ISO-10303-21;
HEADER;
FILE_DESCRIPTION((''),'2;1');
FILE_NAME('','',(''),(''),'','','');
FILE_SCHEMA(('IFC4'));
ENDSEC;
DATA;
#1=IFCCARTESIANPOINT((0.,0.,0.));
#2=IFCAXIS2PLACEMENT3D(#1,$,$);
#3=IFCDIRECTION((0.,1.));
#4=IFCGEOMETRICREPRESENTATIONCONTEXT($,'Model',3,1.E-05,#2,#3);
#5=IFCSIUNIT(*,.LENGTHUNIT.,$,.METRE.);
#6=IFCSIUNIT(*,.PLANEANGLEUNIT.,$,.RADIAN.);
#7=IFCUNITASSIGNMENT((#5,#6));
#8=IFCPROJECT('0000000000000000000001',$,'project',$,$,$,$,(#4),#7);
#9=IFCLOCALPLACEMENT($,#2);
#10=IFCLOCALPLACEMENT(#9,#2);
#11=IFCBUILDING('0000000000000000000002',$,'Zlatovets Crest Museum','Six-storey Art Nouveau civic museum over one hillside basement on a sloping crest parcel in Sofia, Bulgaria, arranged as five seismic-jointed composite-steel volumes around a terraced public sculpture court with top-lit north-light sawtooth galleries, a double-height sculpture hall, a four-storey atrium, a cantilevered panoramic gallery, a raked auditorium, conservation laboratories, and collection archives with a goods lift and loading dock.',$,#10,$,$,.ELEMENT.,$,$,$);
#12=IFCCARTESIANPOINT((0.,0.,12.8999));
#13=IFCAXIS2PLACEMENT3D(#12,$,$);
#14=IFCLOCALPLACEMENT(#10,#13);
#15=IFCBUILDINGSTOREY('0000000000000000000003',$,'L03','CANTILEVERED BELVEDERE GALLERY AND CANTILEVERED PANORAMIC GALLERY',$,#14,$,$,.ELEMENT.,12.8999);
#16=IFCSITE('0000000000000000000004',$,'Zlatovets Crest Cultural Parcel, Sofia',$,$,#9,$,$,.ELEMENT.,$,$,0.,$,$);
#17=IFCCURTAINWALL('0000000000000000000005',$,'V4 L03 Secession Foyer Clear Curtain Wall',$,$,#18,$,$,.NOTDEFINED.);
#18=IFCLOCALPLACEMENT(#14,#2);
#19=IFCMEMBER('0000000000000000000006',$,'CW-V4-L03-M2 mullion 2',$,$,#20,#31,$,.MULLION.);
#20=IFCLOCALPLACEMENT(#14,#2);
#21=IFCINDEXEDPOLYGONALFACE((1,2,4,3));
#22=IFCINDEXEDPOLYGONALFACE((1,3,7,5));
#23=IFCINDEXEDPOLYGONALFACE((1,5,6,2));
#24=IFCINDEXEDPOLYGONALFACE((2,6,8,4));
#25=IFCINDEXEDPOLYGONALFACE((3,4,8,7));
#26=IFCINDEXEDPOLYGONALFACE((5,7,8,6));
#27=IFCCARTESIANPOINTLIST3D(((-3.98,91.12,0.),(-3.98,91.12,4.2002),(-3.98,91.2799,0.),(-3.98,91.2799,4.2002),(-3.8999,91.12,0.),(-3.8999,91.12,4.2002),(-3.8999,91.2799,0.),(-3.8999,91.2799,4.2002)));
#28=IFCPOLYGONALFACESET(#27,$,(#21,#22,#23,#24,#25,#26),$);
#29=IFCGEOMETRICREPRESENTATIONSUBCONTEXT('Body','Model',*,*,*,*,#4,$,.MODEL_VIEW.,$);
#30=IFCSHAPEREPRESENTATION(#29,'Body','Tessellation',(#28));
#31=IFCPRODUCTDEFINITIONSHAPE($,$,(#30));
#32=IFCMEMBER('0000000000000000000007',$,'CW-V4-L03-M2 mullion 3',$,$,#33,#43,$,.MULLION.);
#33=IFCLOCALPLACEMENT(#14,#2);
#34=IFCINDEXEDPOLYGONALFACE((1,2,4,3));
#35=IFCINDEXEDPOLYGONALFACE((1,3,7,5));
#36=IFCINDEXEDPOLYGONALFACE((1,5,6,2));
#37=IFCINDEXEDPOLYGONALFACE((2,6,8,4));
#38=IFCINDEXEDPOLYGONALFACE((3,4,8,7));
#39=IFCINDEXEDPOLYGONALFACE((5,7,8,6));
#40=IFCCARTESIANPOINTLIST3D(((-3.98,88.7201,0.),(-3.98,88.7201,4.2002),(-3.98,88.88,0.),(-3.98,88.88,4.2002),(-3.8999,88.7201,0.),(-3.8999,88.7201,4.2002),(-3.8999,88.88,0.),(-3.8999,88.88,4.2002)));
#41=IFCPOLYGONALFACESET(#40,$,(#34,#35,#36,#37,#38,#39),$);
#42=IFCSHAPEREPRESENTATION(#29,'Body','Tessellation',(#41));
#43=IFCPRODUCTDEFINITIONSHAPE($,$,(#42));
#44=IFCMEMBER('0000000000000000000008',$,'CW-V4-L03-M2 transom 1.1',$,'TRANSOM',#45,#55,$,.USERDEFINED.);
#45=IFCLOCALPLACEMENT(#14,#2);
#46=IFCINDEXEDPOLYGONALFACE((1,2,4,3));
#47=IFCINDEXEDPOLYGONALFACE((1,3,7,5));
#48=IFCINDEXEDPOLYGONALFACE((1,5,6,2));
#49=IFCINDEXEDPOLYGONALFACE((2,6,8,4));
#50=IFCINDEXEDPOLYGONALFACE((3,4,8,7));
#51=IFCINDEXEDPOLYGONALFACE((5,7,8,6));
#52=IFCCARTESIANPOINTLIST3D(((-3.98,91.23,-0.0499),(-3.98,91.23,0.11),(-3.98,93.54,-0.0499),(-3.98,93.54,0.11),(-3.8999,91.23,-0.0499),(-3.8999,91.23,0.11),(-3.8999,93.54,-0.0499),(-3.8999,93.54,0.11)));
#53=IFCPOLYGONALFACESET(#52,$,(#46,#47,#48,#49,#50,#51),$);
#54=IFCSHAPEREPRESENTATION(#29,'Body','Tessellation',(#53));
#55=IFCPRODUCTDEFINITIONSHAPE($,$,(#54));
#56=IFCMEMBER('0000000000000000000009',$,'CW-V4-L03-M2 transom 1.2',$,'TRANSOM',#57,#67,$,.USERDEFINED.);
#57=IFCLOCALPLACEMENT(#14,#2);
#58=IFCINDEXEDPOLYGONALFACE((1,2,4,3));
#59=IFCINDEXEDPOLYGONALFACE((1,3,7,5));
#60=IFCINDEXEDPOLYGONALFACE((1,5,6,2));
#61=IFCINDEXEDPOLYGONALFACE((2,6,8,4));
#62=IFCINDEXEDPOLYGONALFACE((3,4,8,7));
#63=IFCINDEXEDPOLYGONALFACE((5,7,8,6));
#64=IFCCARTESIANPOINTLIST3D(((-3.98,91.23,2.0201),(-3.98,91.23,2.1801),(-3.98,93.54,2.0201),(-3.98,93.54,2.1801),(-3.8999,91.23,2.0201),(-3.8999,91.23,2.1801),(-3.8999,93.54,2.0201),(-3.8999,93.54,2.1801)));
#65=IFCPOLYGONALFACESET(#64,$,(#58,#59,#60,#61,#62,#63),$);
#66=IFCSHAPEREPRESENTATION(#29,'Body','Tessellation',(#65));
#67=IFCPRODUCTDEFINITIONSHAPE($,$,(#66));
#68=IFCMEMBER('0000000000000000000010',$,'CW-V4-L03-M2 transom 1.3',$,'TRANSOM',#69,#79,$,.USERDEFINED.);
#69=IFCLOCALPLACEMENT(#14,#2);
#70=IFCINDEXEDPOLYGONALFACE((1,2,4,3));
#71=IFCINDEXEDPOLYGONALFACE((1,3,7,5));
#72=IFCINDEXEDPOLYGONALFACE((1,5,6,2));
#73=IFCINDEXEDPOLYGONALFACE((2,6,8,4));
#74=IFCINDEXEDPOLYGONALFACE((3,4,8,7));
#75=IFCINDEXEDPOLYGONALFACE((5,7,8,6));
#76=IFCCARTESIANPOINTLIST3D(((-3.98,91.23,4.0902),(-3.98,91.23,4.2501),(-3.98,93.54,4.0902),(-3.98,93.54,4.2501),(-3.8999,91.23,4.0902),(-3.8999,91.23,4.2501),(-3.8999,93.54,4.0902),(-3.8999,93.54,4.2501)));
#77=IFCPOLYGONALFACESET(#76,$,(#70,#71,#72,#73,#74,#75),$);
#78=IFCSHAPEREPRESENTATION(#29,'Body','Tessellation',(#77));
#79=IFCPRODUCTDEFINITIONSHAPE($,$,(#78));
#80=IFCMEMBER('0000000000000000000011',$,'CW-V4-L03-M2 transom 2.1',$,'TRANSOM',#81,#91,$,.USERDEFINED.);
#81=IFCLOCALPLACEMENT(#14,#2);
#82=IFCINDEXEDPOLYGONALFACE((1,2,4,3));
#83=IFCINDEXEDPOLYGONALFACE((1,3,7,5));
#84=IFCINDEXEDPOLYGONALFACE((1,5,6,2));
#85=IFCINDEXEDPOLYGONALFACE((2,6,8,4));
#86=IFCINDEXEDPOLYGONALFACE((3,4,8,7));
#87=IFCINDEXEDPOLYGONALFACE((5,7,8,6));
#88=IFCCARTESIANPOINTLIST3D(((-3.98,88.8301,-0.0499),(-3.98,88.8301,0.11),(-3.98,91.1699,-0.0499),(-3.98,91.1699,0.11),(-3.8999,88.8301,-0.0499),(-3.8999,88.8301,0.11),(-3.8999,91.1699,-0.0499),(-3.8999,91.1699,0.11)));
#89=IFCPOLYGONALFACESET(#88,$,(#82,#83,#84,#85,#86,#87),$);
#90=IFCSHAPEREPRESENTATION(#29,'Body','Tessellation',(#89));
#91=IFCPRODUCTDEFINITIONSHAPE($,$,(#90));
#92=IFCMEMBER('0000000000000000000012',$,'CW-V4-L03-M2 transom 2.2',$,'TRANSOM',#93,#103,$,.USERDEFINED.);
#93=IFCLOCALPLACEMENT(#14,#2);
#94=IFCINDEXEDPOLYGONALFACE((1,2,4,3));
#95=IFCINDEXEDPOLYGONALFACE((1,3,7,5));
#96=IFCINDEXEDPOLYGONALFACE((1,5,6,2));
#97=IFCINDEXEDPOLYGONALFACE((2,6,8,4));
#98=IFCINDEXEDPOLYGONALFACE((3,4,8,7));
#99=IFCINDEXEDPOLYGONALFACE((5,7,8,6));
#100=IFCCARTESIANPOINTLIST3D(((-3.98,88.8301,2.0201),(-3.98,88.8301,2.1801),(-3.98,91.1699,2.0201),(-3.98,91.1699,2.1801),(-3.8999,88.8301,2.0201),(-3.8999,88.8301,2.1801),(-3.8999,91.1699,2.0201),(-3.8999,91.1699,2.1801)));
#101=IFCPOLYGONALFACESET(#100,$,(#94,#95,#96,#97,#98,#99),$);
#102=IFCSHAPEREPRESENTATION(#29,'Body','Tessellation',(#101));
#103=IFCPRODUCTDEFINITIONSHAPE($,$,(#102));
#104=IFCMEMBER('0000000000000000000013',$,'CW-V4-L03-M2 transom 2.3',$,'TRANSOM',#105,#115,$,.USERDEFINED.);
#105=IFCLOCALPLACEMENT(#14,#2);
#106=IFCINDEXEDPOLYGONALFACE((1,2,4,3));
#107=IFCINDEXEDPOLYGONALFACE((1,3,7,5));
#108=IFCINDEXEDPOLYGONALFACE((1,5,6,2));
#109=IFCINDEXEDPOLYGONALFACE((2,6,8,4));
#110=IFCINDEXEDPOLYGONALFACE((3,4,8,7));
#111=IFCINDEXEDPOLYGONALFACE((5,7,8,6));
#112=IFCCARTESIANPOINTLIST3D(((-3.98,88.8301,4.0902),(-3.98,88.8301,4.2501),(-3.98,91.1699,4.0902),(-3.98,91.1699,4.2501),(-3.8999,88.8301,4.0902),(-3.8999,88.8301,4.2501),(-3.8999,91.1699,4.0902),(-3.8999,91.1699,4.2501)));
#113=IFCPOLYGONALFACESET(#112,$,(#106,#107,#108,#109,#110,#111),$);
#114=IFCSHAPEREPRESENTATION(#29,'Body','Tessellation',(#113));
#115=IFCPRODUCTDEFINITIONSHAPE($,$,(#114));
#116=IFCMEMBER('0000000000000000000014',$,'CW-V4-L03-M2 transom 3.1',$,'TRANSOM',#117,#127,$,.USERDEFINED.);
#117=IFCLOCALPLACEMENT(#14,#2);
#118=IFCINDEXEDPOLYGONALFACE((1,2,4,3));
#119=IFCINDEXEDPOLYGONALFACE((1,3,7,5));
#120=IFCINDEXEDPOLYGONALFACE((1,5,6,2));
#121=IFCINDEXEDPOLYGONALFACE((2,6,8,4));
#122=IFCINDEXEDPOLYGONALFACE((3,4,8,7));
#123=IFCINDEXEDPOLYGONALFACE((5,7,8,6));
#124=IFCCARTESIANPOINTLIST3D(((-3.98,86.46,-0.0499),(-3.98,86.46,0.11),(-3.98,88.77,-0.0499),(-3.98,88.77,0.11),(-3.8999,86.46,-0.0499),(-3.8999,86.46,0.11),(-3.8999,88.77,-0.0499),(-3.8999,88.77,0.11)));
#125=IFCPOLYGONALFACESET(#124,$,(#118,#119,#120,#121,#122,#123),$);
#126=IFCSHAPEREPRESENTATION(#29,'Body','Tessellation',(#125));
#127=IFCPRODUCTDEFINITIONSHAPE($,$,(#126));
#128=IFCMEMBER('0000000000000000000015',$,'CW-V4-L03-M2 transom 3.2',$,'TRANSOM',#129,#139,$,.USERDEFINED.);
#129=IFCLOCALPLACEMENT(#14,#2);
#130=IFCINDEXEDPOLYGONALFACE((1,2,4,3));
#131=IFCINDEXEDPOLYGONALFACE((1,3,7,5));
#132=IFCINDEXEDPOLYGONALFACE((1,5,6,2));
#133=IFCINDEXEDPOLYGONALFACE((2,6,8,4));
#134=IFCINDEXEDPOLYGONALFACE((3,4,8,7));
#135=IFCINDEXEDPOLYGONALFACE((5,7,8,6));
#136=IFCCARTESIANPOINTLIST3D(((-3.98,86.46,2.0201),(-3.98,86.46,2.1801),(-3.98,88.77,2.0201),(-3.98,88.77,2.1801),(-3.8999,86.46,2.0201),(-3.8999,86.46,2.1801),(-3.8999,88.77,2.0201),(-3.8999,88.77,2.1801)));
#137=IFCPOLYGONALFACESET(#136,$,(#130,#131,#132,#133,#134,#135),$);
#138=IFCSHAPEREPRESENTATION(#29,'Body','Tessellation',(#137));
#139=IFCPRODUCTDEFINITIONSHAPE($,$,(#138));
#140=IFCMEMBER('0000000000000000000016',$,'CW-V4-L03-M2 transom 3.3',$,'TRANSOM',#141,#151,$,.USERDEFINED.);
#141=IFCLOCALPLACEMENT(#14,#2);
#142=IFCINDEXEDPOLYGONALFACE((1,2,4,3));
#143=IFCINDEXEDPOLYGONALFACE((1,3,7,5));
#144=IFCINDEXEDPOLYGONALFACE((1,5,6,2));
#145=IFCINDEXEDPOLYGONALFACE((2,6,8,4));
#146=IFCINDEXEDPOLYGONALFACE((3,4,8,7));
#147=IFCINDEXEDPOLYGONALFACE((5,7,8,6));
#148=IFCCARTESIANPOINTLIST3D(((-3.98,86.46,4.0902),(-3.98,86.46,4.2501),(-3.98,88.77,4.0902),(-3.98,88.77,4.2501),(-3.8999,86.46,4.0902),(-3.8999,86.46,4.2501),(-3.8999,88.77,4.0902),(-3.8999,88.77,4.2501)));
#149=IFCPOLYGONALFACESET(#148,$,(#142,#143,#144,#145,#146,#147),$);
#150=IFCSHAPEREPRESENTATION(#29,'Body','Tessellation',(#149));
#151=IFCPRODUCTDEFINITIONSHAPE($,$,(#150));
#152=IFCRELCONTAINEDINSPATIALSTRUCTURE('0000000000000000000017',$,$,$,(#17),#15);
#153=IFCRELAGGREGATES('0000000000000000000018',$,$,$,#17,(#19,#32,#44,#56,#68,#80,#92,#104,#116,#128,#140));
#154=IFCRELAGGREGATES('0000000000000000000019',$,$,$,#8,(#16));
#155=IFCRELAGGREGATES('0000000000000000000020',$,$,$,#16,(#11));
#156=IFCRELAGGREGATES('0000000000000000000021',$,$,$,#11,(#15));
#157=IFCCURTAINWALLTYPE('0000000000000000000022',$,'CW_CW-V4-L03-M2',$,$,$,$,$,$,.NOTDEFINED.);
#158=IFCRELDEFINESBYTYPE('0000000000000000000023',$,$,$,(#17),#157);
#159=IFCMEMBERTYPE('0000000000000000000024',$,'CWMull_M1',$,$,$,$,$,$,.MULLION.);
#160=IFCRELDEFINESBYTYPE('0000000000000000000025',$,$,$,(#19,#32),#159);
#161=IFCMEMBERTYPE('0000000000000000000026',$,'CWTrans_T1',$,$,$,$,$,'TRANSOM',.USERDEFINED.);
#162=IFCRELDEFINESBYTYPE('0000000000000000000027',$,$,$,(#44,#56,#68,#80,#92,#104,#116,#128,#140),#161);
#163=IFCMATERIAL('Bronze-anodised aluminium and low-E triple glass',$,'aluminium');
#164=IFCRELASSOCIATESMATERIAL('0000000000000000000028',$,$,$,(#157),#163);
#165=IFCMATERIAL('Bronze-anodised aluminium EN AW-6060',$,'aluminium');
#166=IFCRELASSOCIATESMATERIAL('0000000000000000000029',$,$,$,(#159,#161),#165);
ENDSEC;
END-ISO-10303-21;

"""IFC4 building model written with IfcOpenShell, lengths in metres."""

from ifc_helpers import new_model, si_unit, direction, frame, origin, origin_2d, place, context, subcontext, project, spatial, rectangle, extrude, material, material_profile, profile_set, type_object, element, aggregate, save


model = new_model("IFC4")

# Units and contexts
model_context = context("Model", 3, precision=1e-05, world=origin(), true_north=direction((0.0, 1.0)))
body_context = subcontext(model_context, "Body", "Model", "MODEL_VIEW")
ifc_project = project(units=[si_unit("LENGTHUNIT", "METRE"), si_unit("PLANEANGLEUNIT", "RADIAN")], contexts=[model_context])

# Site, building, storey
site_placement = place(None, origin())
site = spatial("IfcSite", under=ifc_project, at=site_placement, Name="Zlatovets Crest Cultural Parcel, Sofia", CompositionType="ELEMENT", RefElevation=0.0)
building_placement = place(site_placement, origin())
building = spatial("IfcBuilding", under=site, at=building_placement, Name="Zlatovets Crest Museum", Description="Six-storey Art Nouveau civic museum over one hillside basement on a sloping crest parcel in Sofia, Bulgaria, arranged as five seismic-jointed composite-steel volumes around a terraced public sculpture court with top-lit north-light sawtooth galleries, a double-height sculpture hall, a four-storey atrium, a cantilevered panoramic gallery, a raked auditorium, conservation laboratories, and collection archives with a goods lift and loading dock.", CompositionType="ELEMENT")
storey_placement = place(building_placement, frame((0.0, 0.0, 12.8999)))
storey = spatial("IfcBuildingStorey", under=building, at=storey_placement, Name="L03", Description="CANTILEVERED BELVEDERE GALLERY AND CANTILEVERED PANORAMIC GALLERY", CompositionType="ELEMENT", Elevation=12.8999)

# Curtain wall, members
ifc_material_1 = material(Name="Bronze-anodised aluminium and low-E triple glass", Category="aluminium")
curtain_wall_type = type_object("IfcCurtainWallType", Name="CW_CW-V4-L03-M2", PredefinedType="NOTDEFINED", material=ifc_material_1)
curtain_wall_placement = place(storey_placement, origin())
curtain_wall = element("IfcCurtainWall", 1, at=curtain_wall_placement, inside=storey, type_object=curtain_wall_type, Name="V4 L03 Secession Foyer Clear Curtain Wall", PredefinedType="NOTDEFINED")
ifc_material_2 = material(Name="Bronze-anodised aluminium EN AW-6060", Category="aluminium")
ifc_material_profile_1 = material_profile(ifc_material_2, rectangle(XDim=0.0801, YDim=0.1599, at=origin_2d()), Name="ALU 80x160")
ifc_profile_set_1 = profile_set([ifc_material_profile_1], Name="Bronze-anodised aluminium EN AW-6060")
member_type_1 = type_object("IfcMemberType", Name="CWMull_M1", PredefinedType="MULLION", material=ifc_profile_set_1)
member_1_placement = place(storey_placement, frame((-3.9399, 91.2, 0.0), z_axis=(0.0, 0.0, 1.0), x_axis=(1.0, 0.0, 0.0)))
member_1 = element("IfcMember", 2, at=member_1_placement, type_object=member_type_1, Name="CW-V4-L03-M2 mullion 2", PredefinedType="MULLION", context=body_context, shape_type="SweptSolid", body=[
    extrude(rectangle(XDim=0.0801, YDim=0.1599, at=origin_2d()), origin(), (0.0, 0.0, 1.0), 4.2002),
])
member_2_placement = place(storey_placement, frame((-3.9399, 88.8, 0.0), z_axis=(0.0, 0.0, 1.0), x_axis=(1.0, 0.0, 0.0)))
member_2 = element("IfcMember", 3, at=member_2_placement, type_object=member_type_1, Name="CW-V4-L03-M2 mullion 3", PredefinedType="MULLION", context=body_context, shape_type="SweptSolid", body=[
    extrude(rectangle(XDim=0.0801, YDim=0.1599, at=origin_2d()), origin(), (0.0, 0.0, 1.0), 4.2002),
])
ifc_material_profile_2 = material_profile(ifc_material_2, rectangle(XDim=0.0801, YDim=0.1599, at=origin_2d()), Name="ALU 80x160")
ifc_profile_set_2 = profile_set([ifc_material_profile_2], Name="Bronze-anodised aluminium EN AW-6060")
member_type_2 = type_object("IfcMemberType", Name="CWTrans_T1", ElementType="TRANSOM", PredefinedType="USERDEFINED", material=ifc_profile_set_2)
member_3_placement = place(storey_placement, frame((-3.9399, 93.54, 0.03), z_axis=(0.0, -1.0, 0.0), x_axis=(1.0, 0.0, 0.0)))
member_3 = element("IfcMember", 4, at=member_3_placement, type_object=member_type_2, Name="CW-V4-L03-M2 transom 1.1", ObjectType="TRANSOM", PredefinedType="USERDEFINED", context=body_context, shape_type="SweptSolid", body=[
    extrude(rectangle(XDim=0.0801, YDim=0.1599, at=origin_2d()), origin(), (0.0, 0.0, 1.0), 2.3101),
])
member_4_placement = place(storey_placement, frame((-3.9399, 93.54, 2.1001), z_axis=(0.0, -1.0, 0.0), x_axis=(1.0, 0.0, 0.0)))
member_4 = element("IfcMember", 5, at=member_4_placement, type_object=member_type_2, Name="CW-V4-L03-M2 transom 1.2", ObjectType="TRANSOM", PredefinedType="USERDEFINED", context=body_context, shape_type="SweptSolid", body=[
    extrude(rectangle(XDim=0.0801, YDim=0.1599, at=origin_2d()), origin(), (0.0, 0.0, 1.0), 2.3101),
])
member_5_placement = place(storey_placement, frame((-3.9399, 93.54, 4.1702), z_axis=(0.0, -1.0, 0.0), x_axis=(1.0, 0.0, 0.0)))
member_5 = element("IfcMember", 6, at=member_5_placement, type_object=member_type_2, Name="CW-V4-L03-M2 transom 1.3", ObjectType="TRANSOM", PredefinedType="USERDEFINED", context=body_context, shape_type="SweptSolid", body=[
    extrude(rectangle(XDim=0.0801, YDim=0.1599, at=origin_2d()), origin(), (0.0, 0.0, 1.0), 2.3101),
])
member_6_placement = place(storey_placement, frame((-3.9399, 91.1699, 0.03), z_axis=(0.0, -1.0, 0.0), x_axis=(1.0, 0.0, 0.0)))
member_6 = element("IfcMember", 7, at=member_6_placement, type_object=member_type_2, Name="CW-V4-L03-M2 transom 2.1", ObjectType="TRANSOM", PredefinedType="USERDEFINED", context=body_context, shape_type="SweptSolid", body=[
    extrude(rectangle(XDim=0.0801, YDim=0.1599, at=origin_2d()), origin(), (0.0, 0.0, 1.0), 2.3398),
])
member_7_placement = place(storey_placement, frame((-3.9399, 91.1699, 2.1001), z_axis=(0.0, -1.0, 0.0), x_axis=(1.0, 0.0, 0.0)))
member_7 = element("IfcMember", 8, at=member_7_placement, type_object=member_type_2, Name="CW-V4-L03-M2 transom 2.2", ObjectType="TRANSOM", PredefinedType="USERDEFINED", context=body_context, shape_type="SweptSolid", body=[
    extrude(rectangle(XDim=0.0801, YDim=0.1599, at=origin_2d()), origin(), (0.0, 0.0, 1.0), 2.3398),
])
member_8_placement = place(storey_placement, frame((-3.9399, 91.1699, 4.1702), z_axis=(0.0, -1.0, 0.0), x_axis=(1.0, 0.0, 0.0)))
member_8 = element("IfcMember", 9, at=member_8_placement, type_object=member_type_2, Name="CW-V4-L03-M2 transom 2.3", ObjectType="TRANSOM", PredefinedType="USERDEFINED", context=body_context, shape_type="SweptSolid", body=[
    extrude(rectangle(XDim=0.0801, YDim=0.1599, at=origin_2d()), origin(), (0.0, 0.0, 1.0), 2.3398),
])
member_9_placement = place(storey_placement, frame((-3.9399, 88.77, 0.03), z_axis=(0.0, -1.0, 0.0), x_axis=(1.0, 0.0, 0.0)))
member_9 = element("IfcMember", 10, at=member_9_placement, type_object=member_type_2, Name="CW-V4-L03-M2 transom 3.1", ObjectType="TRANSOM", PredefinedType="USERDEFINED", context=body_context, shape_type="SweptSolid", body=[
    extrude(rectangle(XDim=0.0801, YDim=0.1599, at=origin_2d()), origin(), (0.0, 0.0, 1.0), 2.3101),
])
member_10_placement = place(storey_placement, frame((-3.9399, 88.77, 2.1001), z_axis=(0.0, -1.0, 0.0), x_axis=(1.0, 0.0, 0.0)))
member_10 = element("IfcMember", 11, at=member_10_placement, type_object=member_type_2, Name="CW-V4-L03-M2 transom 3.2", ObjectType="TRANSOM", PredefinedType="USERDEFINED", context=body_context, shape_type="SweptSolid", body=[
    extrude(rectangle(XDim=0.0801, YDim=0.1599, at=origin_2d()), origin(), (0.0, 0.0, 1.0), 2.3101),
])
member_11_placement = place(storey_placement, frame((-3.9399, 88.77, 4.1702), z_axis=(0.0, -1.0, 0.0), x_axis=(1.0, 0.0, 0.0)))
member_11 = element("IfcMember", 12, at=member_11_placement, type_object=member_type_2, Name="CW-V4-L03-M2 transom 3.3", ObjectType="TRANSOM", PredefinedType="USERDEFINED", context=body_context, shape_type="SweptSolid", body=[
    extrude(rectangle(XDim=0.0801, YDim=0.1599, at=origin_2d()), origin(), (0.0, 0.0, 1.0), 2.3101),
])

aggregate(curtain_wall, [member_1, member_2, member_3, member_4, member_5, member_6, member_7, member_8, member_9, member_10, member_11])

save(model, "model.ifc")
